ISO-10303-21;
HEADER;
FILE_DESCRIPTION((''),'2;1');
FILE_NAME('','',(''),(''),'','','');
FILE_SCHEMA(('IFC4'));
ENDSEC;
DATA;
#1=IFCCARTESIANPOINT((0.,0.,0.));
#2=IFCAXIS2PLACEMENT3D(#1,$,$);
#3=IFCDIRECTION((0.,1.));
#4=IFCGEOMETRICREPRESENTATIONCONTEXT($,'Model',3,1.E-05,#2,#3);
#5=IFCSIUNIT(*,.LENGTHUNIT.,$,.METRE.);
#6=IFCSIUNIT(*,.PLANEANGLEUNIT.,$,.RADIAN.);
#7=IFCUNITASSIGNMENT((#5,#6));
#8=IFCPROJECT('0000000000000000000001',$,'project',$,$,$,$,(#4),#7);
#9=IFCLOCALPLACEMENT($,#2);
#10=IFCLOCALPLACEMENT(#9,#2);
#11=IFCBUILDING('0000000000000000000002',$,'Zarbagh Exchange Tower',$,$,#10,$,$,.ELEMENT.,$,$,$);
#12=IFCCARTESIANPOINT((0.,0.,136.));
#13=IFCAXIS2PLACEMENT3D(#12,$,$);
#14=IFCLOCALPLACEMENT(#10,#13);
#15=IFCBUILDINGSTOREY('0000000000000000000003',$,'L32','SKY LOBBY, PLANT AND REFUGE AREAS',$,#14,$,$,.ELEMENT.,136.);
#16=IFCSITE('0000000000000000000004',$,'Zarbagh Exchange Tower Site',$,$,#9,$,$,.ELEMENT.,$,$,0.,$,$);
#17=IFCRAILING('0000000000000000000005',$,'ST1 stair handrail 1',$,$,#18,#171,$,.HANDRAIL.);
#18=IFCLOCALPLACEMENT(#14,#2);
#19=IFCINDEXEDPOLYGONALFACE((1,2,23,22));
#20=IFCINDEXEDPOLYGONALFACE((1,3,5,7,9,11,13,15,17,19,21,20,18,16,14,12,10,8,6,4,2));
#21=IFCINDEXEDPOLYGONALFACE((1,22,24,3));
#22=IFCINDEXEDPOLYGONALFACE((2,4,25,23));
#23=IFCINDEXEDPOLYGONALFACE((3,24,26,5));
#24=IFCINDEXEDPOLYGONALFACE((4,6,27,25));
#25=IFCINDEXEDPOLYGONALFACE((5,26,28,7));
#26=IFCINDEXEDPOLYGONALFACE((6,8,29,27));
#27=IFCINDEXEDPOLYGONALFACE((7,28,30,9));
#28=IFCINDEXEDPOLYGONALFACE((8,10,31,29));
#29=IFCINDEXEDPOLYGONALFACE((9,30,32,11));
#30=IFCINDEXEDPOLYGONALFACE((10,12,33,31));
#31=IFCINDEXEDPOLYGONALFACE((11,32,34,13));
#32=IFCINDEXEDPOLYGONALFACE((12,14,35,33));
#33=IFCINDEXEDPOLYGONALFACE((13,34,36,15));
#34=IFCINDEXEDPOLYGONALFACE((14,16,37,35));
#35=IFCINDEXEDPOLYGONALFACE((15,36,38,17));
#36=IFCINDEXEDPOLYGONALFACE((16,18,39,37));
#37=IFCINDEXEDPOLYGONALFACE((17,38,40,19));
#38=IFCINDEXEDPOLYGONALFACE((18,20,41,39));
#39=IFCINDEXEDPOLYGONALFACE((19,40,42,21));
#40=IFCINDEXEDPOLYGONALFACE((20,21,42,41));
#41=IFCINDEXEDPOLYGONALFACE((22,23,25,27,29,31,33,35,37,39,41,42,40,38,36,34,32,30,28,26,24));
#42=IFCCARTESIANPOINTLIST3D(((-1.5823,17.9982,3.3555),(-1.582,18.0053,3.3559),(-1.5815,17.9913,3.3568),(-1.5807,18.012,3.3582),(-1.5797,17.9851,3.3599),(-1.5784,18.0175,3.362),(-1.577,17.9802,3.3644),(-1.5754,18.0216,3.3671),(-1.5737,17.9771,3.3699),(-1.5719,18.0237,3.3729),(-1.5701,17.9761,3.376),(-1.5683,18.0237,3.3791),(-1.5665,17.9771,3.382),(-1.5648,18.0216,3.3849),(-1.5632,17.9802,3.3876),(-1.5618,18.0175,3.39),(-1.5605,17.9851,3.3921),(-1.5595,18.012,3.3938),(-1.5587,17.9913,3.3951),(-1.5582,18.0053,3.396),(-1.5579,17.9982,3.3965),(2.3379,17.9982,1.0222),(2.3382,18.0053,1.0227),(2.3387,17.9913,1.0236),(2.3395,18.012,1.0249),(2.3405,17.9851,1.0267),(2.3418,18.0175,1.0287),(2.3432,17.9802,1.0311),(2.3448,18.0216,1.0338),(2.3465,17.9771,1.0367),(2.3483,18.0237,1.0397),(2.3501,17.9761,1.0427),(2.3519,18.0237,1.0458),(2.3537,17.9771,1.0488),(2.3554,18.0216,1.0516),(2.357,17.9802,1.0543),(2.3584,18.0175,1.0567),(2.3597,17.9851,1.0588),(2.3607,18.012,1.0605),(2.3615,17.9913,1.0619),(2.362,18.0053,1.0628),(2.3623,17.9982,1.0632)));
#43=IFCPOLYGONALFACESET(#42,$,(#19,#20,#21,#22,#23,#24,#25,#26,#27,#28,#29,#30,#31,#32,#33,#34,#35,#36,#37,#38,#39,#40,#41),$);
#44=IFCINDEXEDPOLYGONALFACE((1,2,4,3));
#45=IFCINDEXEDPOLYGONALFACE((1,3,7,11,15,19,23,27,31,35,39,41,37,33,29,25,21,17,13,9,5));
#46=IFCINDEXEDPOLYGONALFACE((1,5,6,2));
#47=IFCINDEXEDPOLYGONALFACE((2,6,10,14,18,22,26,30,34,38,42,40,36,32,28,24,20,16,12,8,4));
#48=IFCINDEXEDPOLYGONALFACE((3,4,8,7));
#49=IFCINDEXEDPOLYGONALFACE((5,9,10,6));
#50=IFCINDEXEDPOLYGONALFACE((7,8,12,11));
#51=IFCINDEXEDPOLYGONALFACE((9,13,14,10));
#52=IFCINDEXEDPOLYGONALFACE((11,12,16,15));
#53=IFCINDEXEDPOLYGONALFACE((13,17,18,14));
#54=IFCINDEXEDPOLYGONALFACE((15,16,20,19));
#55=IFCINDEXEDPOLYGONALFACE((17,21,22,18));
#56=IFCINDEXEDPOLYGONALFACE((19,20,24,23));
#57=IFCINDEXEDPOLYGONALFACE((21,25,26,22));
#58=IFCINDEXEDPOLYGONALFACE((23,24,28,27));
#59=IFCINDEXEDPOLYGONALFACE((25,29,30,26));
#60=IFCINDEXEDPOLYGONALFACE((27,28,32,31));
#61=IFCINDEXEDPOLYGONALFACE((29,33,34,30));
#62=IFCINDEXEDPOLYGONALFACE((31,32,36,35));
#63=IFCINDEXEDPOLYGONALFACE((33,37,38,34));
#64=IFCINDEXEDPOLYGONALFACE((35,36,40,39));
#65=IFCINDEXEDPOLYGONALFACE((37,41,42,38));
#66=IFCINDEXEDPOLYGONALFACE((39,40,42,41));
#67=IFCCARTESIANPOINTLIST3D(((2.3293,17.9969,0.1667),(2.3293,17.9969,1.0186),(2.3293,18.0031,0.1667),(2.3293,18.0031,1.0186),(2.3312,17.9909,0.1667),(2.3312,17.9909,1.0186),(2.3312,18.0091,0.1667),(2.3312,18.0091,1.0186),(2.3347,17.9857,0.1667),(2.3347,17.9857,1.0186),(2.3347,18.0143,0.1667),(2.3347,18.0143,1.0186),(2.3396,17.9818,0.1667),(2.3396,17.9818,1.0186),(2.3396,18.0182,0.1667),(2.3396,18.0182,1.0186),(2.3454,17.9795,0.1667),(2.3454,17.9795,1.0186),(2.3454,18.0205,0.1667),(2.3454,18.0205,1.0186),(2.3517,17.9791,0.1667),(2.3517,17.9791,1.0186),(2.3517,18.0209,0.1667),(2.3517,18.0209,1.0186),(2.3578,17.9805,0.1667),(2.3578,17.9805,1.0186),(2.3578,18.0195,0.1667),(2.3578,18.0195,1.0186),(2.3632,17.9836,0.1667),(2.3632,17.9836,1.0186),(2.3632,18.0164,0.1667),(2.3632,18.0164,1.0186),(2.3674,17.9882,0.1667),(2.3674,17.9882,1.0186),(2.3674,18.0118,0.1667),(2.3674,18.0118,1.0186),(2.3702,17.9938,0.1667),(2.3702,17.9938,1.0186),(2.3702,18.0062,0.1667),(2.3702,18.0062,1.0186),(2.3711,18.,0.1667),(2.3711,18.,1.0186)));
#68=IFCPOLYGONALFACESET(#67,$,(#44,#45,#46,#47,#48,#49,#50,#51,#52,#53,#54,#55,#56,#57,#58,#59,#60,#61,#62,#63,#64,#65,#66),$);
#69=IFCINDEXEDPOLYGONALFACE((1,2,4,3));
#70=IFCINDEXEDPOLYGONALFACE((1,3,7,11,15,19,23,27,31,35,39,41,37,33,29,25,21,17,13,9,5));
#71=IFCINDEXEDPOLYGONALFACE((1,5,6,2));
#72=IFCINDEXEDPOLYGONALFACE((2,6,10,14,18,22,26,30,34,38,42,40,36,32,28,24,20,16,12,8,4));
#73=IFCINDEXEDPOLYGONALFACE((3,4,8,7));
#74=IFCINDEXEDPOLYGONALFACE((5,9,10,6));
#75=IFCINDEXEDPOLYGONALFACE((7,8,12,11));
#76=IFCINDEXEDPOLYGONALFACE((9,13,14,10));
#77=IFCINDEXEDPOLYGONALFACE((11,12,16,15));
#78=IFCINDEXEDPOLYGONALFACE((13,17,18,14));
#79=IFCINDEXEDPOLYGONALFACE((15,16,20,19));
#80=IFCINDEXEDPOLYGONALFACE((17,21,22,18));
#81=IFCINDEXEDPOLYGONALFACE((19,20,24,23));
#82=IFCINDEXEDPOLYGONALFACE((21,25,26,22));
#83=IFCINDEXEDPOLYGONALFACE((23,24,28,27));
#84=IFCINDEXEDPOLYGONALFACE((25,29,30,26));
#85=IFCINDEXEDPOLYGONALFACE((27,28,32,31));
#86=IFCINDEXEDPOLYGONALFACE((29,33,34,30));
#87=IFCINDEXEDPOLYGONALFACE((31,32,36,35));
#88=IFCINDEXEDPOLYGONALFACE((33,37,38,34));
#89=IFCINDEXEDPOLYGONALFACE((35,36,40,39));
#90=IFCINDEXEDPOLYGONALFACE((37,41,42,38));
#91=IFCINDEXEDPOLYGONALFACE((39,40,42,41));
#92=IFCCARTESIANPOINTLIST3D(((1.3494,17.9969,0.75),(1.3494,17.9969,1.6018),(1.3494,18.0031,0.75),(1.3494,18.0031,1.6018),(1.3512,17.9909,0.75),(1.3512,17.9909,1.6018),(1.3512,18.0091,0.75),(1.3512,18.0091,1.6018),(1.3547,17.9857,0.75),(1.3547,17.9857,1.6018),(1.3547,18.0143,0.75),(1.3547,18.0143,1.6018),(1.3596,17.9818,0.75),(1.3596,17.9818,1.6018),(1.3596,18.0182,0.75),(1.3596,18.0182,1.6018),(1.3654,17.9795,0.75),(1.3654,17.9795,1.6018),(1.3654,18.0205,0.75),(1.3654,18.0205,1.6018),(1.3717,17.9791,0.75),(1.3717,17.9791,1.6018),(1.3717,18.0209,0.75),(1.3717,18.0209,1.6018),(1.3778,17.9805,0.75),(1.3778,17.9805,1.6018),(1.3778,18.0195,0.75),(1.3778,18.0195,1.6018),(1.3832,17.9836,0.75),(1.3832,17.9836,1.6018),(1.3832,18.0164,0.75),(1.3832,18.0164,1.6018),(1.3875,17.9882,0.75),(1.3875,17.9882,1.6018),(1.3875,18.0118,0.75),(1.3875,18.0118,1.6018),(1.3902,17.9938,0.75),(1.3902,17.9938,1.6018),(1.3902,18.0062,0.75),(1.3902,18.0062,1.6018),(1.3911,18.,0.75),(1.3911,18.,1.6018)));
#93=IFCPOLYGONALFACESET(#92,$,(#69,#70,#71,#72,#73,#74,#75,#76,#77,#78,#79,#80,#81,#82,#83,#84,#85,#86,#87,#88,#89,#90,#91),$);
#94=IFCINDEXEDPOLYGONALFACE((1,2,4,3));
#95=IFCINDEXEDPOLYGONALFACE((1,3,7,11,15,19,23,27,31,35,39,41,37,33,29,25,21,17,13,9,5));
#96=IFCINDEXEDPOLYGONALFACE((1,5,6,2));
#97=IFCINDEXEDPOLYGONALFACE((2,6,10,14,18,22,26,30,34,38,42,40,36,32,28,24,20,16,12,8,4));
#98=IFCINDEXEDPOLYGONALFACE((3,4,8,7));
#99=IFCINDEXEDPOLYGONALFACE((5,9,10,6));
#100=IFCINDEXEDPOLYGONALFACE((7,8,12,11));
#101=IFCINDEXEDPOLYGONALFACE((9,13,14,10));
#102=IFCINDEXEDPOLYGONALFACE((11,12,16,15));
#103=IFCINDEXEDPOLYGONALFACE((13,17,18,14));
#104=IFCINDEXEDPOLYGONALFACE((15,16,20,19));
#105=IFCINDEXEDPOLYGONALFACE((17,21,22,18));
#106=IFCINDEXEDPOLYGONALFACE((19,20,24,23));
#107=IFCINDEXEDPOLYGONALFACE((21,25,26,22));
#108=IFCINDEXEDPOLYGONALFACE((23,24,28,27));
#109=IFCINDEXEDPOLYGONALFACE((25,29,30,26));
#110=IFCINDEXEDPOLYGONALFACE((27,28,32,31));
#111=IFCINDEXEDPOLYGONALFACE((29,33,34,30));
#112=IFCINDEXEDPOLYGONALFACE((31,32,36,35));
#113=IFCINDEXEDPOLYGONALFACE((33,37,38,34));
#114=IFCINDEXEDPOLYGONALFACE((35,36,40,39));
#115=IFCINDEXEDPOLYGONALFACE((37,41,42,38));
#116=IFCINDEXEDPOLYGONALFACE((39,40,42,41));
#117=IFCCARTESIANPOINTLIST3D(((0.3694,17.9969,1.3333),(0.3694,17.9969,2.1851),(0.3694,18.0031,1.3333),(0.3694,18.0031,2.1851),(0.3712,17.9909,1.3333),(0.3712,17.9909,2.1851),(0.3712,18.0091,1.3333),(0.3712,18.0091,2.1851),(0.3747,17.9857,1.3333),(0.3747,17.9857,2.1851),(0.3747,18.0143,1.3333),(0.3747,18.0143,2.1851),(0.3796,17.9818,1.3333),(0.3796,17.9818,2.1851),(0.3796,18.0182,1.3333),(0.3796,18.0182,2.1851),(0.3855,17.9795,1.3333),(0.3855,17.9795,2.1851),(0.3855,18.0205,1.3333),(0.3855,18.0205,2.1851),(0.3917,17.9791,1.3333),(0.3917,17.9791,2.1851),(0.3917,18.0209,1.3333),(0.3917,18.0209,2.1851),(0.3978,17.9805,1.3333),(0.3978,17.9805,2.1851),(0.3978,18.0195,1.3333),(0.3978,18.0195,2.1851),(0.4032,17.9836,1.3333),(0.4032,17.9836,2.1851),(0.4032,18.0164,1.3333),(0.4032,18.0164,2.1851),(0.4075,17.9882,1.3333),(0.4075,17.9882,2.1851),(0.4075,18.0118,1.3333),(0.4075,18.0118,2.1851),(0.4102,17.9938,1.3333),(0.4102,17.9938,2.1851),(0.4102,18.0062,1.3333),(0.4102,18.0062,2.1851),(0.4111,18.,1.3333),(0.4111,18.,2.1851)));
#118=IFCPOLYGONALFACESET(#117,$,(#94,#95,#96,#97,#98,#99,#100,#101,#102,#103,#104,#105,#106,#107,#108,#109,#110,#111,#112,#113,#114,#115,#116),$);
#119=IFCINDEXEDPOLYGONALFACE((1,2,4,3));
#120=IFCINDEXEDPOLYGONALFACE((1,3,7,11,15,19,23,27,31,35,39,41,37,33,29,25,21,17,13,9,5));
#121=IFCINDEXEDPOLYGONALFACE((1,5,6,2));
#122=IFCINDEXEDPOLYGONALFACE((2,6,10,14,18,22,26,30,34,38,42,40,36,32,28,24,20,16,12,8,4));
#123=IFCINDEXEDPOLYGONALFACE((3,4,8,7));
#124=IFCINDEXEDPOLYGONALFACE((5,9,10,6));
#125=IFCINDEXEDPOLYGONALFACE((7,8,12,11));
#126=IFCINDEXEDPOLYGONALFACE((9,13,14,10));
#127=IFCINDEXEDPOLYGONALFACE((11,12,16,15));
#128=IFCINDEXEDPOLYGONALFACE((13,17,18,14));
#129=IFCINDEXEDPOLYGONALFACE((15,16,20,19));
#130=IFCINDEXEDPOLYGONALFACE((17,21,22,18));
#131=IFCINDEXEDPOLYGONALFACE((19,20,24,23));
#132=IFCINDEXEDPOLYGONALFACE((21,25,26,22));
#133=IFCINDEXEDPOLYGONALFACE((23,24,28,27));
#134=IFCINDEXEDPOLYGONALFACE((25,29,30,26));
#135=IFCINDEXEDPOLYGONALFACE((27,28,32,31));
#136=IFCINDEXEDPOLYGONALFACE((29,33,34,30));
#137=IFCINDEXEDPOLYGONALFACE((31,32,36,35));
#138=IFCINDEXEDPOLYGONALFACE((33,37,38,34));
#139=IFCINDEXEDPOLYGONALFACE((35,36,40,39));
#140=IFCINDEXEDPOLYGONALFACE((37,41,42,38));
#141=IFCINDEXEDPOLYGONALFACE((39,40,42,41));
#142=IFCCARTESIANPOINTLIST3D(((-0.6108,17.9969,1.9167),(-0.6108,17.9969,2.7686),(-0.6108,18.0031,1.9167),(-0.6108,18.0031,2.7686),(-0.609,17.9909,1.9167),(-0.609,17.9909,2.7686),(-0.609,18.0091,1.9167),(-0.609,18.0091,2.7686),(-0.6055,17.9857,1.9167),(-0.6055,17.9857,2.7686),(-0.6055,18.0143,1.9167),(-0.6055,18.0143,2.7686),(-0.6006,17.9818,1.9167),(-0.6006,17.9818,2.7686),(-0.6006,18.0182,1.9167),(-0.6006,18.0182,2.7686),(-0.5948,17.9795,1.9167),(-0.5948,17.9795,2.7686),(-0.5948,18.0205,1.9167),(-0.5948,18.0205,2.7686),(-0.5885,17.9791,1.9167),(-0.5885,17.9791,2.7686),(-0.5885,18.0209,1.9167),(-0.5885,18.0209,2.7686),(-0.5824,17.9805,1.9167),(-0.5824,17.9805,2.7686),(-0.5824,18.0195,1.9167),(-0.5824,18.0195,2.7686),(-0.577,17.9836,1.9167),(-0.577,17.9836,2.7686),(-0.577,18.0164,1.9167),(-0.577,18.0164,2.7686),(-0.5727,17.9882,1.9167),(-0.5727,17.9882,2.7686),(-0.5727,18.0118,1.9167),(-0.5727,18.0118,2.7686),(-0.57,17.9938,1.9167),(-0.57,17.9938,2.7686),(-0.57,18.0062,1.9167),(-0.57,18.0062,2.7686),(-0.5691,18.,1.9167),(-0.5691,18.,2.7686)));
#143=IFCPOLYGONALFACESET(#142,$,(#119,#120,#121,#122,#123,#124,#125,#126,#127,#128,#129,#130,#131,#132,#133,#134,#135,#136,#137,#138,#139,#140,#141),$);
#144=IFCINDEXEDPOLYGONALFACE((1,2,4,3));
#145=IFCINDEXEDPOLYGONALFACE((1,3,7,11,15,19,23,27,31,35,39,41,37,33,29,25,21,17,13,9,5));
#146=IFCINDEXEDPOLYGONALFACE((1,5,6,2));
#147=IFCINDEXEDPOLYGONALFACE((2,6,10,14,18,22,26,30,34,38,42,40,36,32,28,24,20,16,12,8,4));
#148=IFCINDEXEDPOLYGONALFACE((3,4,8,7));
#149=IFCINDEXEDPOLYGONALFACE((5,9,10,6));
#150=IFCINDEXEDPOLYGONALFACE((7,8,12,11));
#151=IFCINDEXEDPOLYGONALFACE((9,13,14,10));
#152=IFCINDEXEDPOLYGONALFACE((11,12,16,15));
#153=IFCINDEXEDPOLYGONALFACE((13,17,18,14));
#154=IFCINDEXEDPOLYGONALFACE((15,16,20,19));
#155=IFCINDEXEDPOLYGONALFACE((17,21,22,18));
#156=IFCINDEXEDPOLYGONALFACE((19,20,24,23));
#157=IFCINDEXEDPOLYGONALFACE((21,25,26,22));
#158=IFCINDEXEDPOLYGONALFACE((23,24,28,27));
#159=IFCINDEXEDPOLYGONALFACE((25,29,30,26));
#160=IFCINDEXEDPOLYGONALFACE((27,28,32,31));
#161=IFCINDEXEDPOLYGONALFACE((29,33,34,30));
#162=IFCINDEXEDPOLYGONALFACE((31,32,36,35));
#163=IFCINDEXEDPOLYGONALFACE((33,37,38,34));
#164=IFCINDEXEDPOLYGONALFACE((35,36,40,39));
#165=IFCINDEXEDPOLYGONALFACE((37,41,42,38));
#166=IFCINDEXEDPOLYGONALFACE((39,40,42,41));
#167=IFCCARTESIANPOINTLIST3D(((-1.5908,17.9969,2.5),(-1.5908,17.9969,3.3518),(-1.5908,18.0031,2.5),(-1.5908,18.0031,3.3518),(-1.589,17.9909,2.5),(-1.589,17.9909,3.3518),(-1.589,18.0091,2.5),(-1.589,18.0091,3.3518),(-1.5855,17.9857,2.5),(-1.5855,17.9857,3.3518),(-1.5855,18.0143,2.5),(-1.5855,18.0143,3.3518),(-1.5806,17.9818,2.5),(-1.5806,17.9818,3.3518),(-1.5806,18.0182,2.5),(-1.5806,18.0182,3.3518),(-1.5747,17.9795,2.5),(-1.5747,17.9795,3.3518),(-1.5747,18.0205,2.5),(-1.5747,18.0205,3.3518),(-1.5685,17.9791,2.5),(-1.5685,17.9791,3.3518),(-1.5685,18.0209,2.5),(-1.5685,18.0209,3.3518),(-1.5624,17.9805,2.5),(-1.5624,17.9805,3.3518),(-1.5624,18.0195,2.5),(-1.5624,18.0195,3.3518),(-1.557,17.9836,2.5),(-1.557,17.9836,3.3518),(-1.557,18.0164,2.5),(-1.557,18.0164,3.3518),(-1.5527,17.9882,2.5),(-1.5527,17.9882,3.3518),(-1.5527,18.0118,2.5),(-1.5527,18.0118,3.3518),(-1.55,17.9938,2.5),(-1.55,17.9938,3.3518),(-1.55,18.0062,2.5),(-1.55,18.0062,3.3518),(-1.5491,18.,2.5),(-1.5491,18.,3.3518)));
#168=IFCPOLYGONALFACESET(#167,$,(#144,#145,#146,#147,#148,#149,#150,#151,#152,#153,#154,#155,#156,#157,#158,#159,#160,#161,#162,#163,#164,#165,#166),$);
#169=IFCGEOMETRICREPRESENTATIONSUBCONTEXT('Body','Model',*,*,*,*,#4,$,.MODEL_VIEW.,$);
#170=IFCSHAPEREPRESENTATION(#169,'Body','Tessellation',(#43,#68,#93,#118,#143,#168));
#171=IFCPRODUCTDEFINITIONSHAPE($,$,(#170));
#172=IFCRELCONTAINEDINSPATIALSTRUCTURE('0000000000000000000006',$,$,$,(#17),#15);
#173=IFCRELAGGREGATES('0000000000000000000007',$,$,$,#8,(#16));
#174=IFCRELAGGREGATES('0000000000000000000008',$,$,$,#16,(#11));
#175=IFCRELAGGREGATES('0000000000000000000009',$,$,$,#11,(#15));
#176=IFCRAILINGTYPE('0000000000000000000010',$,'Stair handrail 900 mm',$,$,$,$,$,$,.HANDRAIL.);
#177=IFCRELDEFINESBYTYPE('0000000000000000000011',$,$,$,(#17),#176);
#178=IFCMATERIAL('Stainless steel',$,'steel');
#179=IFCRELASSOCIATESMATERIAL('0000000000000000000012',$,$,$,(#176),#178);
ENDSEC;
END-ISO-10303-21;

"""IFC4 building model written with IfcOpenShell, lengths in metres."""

from ifc_helpers import new_model, si_unit, direction, frame, origin, origin_2d, place, context, subcontext, project, spatial, circle, extrude, material, type_object, element, save


model = new_model("IFC4")

# Units and contexts
model_context = context("Model", 3, precision=1e-05, world=origin(), true_north=direction((0.0, 1.0)))
body_context = subcontext(model_context, "Body", "Model", "MODEL_VIEW")
ifc_project = project(units=[si_unit("LENGTHUNIT", "METRE"), si_unit("PLANEANGLEUNIT", "RADIAN")], contexts=[model_context])

# Site, building, storey
site_placement = place(None, origin())
site = spatial("IfcSite", under=ifc_project, at=site_placement, Name="Zarbagh Exchange Tower Site", CompositionType="ELEMENT", RefElevation=0.0)
building_placement = place(site_placement, origin())
building = spatial("IfcBuilding", under=site, at=building_placement, Name="Zarbagh Exchange Tower", CompositionType="ELEMENT")
storey_placement = place(building_placement, frame((0.0, 0.0, 136.0)))
storey = spatial("IfcBuildingStorey", under=building, at=storey_placement, Name="L32", Description="SKY LOBBY, PLANT AND REFUGE AREAS", CompositionType="ELEMENT", Elevation=136.0)

# Shared definitions
ifc_material_1 = material(Name="Stainless steel", Category="steel")

# Railing
railing_type = type_object("IfcRailingType", Name="Stair handrail 900 mm", PredefinedType="HANDRAIL", material=ifc_material_1)
for number, where, name in (
    (1, (2.3501, 18.0, 0.1667), "ST1 stair handrail 1"),
):
    element("IfcRailing", number, at=place(storey_placement, frame(where)), inside=storey, type_object=railing_type, Name=name, PredefinedType="HANDRAIL", context=body_context, shape_type="SweptSolid", body=[
        extrude(circle(Radius=0.0239, at=origin_2d()), frame((0.0, 0.0, 0.876), z_axis=(-0.85931, 0.0, 0.511455), x_axis=(0.0, -1.0, 0.0)), (0.0, 0.0, 1.0), 4.562),
        extrude(circle(Radius=0.021, at=origin_2d()), origin(), (0.0, 0.0, 1.0), 0.8518),
        extrude(circle(Radius=0.021, at=origin_2d()), frame((-0.98, 0.0, 0.5833)), (0.0, 0.0, 1.0), 0.8518),
        extrude(circle(Radius=0.021, at=origin_2d()), frame((-1.96, 0.0, 1.1665)), (0.0, 0.0, 1.0), 0.8518),
        extrude(circle(Radius=0.021, at=origin_2d()), frame((-2.9402, 0.0, 1.75)), (0.0, 0.0, 1.0), 0.8518),
        extrude(circle(Radius=0.021, at=origin_2d()), frame((-3.9202, 0.0, 2.3333)), (0.0, 0.0, 1.0), 0.8518),
    ])

save(model, "model.ifc")
